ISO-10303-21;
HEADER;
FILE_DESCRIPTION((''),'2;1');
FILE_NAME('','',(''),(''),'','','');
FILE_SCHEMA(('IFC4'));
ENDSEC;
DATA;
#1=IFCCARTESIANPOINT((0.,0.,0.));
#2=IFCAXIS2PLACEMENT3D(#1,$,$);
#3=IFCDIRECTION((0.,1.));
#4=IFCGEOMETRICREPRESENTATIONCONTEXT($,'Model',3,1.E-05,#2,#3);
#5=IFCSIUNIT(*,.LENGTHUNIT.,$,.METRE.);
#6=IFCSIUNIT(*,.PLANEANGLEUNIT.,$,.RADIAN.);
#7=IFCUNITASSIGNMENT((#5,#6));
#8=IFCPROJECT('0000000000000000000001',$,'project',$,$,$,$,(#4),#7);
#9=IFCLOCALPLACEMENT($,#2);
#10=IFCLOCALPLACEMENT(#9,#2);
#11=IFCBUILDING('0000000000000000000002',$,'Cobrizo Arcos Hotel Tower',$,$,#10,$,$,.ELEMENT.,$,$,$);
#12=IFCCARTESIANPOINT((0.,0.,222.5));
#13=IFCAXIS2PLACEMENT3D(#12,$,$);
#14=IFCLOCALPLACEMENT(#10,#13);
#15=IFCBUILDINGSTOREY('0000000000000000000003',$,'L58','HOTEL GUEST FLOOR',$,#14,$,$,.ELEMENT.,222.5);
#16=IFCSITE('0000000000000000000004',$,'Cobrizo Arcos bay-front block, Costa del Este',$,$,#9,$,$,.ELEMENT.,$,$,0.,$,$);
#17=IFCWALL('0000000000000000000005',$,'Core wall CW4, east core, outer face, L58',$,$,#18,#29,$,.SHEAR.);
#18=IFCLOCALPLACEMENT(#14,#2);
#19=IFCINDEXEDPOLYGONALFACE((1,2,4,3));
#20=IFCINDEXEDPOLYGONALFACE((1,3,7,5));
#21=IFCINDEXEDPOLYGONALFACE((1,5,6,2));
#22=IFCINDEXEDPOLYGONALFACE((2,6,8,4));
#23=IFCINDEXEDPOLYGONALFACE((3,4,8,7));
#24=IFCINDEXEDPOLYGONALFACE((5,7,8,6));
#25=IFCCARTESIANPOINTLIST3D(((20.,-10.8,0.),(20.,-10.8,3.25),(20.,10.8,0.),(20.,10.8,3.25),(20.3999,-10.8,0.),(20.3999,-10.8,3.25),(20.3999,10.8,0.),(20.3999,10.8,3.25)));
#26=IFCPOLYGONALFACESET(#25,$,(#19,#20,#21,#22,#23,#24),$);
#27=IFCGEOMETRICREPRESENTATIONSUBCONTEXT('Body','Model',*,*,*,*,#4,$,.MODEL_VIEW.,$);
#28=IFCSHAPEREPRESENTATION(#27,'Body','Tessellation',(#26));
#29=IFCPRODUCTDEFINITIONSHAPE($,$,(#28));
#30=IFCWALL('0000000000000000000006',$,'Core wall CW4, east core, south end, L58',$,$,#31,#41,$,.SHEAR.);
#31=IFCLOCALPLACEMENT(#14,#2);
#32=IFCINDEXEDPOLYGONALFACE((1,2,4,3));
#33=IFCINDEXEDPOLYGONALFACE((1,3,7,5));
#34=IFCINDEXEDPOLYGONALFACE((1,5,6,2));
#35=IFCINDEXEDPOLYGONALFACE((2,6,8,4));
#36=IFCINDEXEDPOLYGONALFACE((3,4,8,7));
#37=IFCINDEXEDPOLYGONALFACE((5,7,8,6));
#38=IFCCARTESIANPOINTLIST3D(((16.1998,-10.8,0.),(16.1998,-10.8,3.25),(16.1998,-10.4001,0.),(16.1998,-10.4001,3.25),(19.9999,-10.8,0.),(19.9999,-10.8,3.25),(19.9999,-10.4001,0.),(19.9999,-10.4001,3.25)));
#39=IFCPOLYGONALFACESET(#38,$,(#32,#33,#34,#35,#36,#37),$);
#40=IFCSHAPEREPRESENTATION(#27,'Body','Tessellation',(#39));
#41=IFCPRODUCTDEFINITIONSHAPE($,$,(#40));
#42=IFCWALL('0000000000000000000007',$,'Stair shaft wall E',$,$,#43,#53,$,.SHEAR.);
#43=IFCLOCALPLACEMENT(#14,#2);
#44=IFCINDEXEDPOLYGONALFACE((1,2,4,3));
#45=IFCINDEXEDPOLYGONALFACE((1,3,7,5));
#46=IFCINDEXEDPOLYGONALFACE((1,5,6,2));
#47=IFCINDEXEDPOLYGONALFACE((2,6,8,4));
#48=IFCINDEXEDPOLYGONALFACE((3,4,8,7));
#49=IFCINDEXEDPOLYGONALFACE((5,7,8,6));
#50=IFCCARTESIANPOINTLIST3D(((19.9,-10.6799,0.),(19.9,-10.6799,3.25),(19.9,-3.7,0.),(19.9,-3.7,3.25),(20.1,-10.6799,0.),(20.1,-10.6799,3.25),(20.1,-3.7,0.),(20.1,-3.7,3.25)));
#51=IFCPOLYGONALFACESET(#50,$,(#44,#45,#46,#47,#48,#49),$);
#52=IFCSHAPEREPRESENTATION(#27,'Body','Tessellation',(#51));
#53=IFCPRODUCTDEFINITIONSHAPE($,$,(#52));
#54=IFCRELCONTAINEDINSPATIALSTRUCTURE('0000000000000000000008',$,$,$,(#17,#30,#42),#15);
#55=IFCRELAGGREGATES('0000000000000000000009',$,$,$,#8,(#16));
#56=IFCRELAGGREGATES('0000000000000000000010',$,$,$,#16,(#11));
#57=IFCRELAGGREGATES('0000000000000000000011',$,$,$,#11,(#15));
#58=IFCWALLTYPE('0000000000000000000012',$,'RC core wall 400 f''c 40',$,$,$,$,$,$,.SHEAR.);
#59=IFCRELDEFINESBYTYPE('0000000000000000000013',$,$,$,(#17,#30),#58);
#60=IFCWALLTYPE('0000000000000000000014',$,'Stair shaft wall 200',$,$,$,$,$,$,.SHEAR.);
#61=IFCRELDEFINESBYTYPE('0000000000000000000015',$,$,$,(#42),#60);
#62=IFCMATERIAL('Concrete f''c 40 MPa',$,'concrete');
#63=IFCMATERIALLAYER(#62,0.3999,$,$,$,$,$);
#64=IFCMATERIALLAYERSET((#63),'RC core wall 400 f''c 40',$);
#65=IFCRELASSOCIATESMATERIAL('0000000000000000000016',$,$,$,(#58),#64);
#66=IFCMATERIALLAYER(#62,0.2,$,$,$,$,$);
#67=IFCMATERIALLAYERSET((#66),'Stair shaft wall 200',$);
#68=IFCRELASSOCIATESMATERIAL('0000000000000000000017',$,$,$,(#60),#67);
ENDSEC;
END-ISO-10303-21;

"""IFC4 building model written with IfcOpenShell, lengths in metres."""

from ifc_helpers import new_model, si_unit, direction, frame, frame_2d, origin, place, context, subcontext, project, spatial, rectangle, extrude, material, layer, layer_set, type_object, element, save


model = new_model("IFC4")

# Units and contexts
model_context = context("Model", 3, precision=1e-05, world=origin(), true_north=direction((0.0, 1.0)))
body_context = subcontext(model_context, "Body", "Model", "MODEL_VIEW")
ifc_project = project(units=[si_unit("LENGTHUNIT", "METRE"), si_unit("PLANEANGLEUNIT", "RADIAN")], contexts=[model_context])

# Site, building, storey
site_placement = place(None, origin())
site = spatial("IfcSite", under=ifc_project, at=site_placement, Name="Cobrizo Arcos bay-front block, Costa del Este", CompositionType="ELEMENT", RefElevation=0.0)
building_placement = place(site_placement, origin())
building = spatial("IfcBuilding", under=site, at=building_placement, Name="Cobrizo Arcos Hotel Tower", CompositionType="ELEMENT")
storey_placement = place(building_placement, frame((0.0, 0.0, 222.5)))
storey = spatial("IfcBuildingStorey", under=building, at=storey_placement, Name="L58", Description="HOTEL GUEST FLOOR", CompositionType="ELEMENT", Elevation=222.5)

# Shared definitions
ifc_material_1 = material(Name="Concrete f'c 40 MPa", Category="concrete")
ifc_layer_1 = layer(ifc_material_1, 0.3999)
ifc_layer_set_1 = layer_set([ifc_layer_1], Name="RC core wall 400 f'c 40")
wall_type_1 = type_object("IfcWallType", Name="RC core wall 400 f'c 40", PredefinedType="SHEAR", material=ifc_layer_set_1)

# Walls
wall_1_placement = place(storey_placement, frame((20.2, -10.8, 0.0), z_axis=(0.0, 0.0, 1.0), x_axis=(0.0, 1.0, 0.0)))
element("IfcWall", 1, at=wall_1_placement, inside=storey, type_object=wall_type_1, Name="Core wall CW4, east core, outer face, L58", PredefinedType="SHEAR", context=body_context, shape_type="SweptSolid", body=[
    extrude(rectangle(XDim=21.6001, YDim=0.3999, at=frame_2d((10.8, 0.0))), origin(), (0.0, 0.0, 1.0), 3.25),
])
wall_2_placement = place(storey_placement, frame((16.2, -10.6001, 0.0), z_axis=(0.0, 0.0, 1.0), x_axis=(1.0, 0.0, 0.0)))
element("IfcWall", 2, at=wall_2_placement, inside=storey, type_object=wall_type_1, Name="Core wall CW4, east core, south end, L58", PredefinedType="SHEAR", context=body_context, shape_type="SweptSolid", body=[
    extrude(rectangle(XDim=3.8, YDim=0.3999, at=frame_2d((1.8999, 0.0))), origin(), (0.0, 0.0, 1.0), 3.25),
])
ifc_layer_2 = layer(ifc_material_1, 0.2)
ifc_layer_set_2 = layer_set([ifc_layer_2], Name="Stair shaft wall 200")
wall_type_2 = type_object("IfcWallType", Name="Stair shaft wall 200", PredefinedType="SHEAR", material=ifc_layer_set_2)
wall_3_placement = place(storey_placement, frame((20.0, -10.6799, 0.0), z_axis=(0.0, 0.0, 1.0), x_axis=(0.0, 1.0, 0.0)))
element("IfcWall", 3, at=wall_3_placement, inside=storey, type_object=wall_type_2, Name="Stair shaft wall E", PredefinedType="SHEAR", context=body_context, shape_type="SweptSolid", body=[
    extrude(rectangle(XDim=6.98, YDim=0.2, at=frame_2d((3.49, 0.0))), origin(), (0.0, 0.0, 1.0), 3.25),
])

save(model, "model.ifc")
